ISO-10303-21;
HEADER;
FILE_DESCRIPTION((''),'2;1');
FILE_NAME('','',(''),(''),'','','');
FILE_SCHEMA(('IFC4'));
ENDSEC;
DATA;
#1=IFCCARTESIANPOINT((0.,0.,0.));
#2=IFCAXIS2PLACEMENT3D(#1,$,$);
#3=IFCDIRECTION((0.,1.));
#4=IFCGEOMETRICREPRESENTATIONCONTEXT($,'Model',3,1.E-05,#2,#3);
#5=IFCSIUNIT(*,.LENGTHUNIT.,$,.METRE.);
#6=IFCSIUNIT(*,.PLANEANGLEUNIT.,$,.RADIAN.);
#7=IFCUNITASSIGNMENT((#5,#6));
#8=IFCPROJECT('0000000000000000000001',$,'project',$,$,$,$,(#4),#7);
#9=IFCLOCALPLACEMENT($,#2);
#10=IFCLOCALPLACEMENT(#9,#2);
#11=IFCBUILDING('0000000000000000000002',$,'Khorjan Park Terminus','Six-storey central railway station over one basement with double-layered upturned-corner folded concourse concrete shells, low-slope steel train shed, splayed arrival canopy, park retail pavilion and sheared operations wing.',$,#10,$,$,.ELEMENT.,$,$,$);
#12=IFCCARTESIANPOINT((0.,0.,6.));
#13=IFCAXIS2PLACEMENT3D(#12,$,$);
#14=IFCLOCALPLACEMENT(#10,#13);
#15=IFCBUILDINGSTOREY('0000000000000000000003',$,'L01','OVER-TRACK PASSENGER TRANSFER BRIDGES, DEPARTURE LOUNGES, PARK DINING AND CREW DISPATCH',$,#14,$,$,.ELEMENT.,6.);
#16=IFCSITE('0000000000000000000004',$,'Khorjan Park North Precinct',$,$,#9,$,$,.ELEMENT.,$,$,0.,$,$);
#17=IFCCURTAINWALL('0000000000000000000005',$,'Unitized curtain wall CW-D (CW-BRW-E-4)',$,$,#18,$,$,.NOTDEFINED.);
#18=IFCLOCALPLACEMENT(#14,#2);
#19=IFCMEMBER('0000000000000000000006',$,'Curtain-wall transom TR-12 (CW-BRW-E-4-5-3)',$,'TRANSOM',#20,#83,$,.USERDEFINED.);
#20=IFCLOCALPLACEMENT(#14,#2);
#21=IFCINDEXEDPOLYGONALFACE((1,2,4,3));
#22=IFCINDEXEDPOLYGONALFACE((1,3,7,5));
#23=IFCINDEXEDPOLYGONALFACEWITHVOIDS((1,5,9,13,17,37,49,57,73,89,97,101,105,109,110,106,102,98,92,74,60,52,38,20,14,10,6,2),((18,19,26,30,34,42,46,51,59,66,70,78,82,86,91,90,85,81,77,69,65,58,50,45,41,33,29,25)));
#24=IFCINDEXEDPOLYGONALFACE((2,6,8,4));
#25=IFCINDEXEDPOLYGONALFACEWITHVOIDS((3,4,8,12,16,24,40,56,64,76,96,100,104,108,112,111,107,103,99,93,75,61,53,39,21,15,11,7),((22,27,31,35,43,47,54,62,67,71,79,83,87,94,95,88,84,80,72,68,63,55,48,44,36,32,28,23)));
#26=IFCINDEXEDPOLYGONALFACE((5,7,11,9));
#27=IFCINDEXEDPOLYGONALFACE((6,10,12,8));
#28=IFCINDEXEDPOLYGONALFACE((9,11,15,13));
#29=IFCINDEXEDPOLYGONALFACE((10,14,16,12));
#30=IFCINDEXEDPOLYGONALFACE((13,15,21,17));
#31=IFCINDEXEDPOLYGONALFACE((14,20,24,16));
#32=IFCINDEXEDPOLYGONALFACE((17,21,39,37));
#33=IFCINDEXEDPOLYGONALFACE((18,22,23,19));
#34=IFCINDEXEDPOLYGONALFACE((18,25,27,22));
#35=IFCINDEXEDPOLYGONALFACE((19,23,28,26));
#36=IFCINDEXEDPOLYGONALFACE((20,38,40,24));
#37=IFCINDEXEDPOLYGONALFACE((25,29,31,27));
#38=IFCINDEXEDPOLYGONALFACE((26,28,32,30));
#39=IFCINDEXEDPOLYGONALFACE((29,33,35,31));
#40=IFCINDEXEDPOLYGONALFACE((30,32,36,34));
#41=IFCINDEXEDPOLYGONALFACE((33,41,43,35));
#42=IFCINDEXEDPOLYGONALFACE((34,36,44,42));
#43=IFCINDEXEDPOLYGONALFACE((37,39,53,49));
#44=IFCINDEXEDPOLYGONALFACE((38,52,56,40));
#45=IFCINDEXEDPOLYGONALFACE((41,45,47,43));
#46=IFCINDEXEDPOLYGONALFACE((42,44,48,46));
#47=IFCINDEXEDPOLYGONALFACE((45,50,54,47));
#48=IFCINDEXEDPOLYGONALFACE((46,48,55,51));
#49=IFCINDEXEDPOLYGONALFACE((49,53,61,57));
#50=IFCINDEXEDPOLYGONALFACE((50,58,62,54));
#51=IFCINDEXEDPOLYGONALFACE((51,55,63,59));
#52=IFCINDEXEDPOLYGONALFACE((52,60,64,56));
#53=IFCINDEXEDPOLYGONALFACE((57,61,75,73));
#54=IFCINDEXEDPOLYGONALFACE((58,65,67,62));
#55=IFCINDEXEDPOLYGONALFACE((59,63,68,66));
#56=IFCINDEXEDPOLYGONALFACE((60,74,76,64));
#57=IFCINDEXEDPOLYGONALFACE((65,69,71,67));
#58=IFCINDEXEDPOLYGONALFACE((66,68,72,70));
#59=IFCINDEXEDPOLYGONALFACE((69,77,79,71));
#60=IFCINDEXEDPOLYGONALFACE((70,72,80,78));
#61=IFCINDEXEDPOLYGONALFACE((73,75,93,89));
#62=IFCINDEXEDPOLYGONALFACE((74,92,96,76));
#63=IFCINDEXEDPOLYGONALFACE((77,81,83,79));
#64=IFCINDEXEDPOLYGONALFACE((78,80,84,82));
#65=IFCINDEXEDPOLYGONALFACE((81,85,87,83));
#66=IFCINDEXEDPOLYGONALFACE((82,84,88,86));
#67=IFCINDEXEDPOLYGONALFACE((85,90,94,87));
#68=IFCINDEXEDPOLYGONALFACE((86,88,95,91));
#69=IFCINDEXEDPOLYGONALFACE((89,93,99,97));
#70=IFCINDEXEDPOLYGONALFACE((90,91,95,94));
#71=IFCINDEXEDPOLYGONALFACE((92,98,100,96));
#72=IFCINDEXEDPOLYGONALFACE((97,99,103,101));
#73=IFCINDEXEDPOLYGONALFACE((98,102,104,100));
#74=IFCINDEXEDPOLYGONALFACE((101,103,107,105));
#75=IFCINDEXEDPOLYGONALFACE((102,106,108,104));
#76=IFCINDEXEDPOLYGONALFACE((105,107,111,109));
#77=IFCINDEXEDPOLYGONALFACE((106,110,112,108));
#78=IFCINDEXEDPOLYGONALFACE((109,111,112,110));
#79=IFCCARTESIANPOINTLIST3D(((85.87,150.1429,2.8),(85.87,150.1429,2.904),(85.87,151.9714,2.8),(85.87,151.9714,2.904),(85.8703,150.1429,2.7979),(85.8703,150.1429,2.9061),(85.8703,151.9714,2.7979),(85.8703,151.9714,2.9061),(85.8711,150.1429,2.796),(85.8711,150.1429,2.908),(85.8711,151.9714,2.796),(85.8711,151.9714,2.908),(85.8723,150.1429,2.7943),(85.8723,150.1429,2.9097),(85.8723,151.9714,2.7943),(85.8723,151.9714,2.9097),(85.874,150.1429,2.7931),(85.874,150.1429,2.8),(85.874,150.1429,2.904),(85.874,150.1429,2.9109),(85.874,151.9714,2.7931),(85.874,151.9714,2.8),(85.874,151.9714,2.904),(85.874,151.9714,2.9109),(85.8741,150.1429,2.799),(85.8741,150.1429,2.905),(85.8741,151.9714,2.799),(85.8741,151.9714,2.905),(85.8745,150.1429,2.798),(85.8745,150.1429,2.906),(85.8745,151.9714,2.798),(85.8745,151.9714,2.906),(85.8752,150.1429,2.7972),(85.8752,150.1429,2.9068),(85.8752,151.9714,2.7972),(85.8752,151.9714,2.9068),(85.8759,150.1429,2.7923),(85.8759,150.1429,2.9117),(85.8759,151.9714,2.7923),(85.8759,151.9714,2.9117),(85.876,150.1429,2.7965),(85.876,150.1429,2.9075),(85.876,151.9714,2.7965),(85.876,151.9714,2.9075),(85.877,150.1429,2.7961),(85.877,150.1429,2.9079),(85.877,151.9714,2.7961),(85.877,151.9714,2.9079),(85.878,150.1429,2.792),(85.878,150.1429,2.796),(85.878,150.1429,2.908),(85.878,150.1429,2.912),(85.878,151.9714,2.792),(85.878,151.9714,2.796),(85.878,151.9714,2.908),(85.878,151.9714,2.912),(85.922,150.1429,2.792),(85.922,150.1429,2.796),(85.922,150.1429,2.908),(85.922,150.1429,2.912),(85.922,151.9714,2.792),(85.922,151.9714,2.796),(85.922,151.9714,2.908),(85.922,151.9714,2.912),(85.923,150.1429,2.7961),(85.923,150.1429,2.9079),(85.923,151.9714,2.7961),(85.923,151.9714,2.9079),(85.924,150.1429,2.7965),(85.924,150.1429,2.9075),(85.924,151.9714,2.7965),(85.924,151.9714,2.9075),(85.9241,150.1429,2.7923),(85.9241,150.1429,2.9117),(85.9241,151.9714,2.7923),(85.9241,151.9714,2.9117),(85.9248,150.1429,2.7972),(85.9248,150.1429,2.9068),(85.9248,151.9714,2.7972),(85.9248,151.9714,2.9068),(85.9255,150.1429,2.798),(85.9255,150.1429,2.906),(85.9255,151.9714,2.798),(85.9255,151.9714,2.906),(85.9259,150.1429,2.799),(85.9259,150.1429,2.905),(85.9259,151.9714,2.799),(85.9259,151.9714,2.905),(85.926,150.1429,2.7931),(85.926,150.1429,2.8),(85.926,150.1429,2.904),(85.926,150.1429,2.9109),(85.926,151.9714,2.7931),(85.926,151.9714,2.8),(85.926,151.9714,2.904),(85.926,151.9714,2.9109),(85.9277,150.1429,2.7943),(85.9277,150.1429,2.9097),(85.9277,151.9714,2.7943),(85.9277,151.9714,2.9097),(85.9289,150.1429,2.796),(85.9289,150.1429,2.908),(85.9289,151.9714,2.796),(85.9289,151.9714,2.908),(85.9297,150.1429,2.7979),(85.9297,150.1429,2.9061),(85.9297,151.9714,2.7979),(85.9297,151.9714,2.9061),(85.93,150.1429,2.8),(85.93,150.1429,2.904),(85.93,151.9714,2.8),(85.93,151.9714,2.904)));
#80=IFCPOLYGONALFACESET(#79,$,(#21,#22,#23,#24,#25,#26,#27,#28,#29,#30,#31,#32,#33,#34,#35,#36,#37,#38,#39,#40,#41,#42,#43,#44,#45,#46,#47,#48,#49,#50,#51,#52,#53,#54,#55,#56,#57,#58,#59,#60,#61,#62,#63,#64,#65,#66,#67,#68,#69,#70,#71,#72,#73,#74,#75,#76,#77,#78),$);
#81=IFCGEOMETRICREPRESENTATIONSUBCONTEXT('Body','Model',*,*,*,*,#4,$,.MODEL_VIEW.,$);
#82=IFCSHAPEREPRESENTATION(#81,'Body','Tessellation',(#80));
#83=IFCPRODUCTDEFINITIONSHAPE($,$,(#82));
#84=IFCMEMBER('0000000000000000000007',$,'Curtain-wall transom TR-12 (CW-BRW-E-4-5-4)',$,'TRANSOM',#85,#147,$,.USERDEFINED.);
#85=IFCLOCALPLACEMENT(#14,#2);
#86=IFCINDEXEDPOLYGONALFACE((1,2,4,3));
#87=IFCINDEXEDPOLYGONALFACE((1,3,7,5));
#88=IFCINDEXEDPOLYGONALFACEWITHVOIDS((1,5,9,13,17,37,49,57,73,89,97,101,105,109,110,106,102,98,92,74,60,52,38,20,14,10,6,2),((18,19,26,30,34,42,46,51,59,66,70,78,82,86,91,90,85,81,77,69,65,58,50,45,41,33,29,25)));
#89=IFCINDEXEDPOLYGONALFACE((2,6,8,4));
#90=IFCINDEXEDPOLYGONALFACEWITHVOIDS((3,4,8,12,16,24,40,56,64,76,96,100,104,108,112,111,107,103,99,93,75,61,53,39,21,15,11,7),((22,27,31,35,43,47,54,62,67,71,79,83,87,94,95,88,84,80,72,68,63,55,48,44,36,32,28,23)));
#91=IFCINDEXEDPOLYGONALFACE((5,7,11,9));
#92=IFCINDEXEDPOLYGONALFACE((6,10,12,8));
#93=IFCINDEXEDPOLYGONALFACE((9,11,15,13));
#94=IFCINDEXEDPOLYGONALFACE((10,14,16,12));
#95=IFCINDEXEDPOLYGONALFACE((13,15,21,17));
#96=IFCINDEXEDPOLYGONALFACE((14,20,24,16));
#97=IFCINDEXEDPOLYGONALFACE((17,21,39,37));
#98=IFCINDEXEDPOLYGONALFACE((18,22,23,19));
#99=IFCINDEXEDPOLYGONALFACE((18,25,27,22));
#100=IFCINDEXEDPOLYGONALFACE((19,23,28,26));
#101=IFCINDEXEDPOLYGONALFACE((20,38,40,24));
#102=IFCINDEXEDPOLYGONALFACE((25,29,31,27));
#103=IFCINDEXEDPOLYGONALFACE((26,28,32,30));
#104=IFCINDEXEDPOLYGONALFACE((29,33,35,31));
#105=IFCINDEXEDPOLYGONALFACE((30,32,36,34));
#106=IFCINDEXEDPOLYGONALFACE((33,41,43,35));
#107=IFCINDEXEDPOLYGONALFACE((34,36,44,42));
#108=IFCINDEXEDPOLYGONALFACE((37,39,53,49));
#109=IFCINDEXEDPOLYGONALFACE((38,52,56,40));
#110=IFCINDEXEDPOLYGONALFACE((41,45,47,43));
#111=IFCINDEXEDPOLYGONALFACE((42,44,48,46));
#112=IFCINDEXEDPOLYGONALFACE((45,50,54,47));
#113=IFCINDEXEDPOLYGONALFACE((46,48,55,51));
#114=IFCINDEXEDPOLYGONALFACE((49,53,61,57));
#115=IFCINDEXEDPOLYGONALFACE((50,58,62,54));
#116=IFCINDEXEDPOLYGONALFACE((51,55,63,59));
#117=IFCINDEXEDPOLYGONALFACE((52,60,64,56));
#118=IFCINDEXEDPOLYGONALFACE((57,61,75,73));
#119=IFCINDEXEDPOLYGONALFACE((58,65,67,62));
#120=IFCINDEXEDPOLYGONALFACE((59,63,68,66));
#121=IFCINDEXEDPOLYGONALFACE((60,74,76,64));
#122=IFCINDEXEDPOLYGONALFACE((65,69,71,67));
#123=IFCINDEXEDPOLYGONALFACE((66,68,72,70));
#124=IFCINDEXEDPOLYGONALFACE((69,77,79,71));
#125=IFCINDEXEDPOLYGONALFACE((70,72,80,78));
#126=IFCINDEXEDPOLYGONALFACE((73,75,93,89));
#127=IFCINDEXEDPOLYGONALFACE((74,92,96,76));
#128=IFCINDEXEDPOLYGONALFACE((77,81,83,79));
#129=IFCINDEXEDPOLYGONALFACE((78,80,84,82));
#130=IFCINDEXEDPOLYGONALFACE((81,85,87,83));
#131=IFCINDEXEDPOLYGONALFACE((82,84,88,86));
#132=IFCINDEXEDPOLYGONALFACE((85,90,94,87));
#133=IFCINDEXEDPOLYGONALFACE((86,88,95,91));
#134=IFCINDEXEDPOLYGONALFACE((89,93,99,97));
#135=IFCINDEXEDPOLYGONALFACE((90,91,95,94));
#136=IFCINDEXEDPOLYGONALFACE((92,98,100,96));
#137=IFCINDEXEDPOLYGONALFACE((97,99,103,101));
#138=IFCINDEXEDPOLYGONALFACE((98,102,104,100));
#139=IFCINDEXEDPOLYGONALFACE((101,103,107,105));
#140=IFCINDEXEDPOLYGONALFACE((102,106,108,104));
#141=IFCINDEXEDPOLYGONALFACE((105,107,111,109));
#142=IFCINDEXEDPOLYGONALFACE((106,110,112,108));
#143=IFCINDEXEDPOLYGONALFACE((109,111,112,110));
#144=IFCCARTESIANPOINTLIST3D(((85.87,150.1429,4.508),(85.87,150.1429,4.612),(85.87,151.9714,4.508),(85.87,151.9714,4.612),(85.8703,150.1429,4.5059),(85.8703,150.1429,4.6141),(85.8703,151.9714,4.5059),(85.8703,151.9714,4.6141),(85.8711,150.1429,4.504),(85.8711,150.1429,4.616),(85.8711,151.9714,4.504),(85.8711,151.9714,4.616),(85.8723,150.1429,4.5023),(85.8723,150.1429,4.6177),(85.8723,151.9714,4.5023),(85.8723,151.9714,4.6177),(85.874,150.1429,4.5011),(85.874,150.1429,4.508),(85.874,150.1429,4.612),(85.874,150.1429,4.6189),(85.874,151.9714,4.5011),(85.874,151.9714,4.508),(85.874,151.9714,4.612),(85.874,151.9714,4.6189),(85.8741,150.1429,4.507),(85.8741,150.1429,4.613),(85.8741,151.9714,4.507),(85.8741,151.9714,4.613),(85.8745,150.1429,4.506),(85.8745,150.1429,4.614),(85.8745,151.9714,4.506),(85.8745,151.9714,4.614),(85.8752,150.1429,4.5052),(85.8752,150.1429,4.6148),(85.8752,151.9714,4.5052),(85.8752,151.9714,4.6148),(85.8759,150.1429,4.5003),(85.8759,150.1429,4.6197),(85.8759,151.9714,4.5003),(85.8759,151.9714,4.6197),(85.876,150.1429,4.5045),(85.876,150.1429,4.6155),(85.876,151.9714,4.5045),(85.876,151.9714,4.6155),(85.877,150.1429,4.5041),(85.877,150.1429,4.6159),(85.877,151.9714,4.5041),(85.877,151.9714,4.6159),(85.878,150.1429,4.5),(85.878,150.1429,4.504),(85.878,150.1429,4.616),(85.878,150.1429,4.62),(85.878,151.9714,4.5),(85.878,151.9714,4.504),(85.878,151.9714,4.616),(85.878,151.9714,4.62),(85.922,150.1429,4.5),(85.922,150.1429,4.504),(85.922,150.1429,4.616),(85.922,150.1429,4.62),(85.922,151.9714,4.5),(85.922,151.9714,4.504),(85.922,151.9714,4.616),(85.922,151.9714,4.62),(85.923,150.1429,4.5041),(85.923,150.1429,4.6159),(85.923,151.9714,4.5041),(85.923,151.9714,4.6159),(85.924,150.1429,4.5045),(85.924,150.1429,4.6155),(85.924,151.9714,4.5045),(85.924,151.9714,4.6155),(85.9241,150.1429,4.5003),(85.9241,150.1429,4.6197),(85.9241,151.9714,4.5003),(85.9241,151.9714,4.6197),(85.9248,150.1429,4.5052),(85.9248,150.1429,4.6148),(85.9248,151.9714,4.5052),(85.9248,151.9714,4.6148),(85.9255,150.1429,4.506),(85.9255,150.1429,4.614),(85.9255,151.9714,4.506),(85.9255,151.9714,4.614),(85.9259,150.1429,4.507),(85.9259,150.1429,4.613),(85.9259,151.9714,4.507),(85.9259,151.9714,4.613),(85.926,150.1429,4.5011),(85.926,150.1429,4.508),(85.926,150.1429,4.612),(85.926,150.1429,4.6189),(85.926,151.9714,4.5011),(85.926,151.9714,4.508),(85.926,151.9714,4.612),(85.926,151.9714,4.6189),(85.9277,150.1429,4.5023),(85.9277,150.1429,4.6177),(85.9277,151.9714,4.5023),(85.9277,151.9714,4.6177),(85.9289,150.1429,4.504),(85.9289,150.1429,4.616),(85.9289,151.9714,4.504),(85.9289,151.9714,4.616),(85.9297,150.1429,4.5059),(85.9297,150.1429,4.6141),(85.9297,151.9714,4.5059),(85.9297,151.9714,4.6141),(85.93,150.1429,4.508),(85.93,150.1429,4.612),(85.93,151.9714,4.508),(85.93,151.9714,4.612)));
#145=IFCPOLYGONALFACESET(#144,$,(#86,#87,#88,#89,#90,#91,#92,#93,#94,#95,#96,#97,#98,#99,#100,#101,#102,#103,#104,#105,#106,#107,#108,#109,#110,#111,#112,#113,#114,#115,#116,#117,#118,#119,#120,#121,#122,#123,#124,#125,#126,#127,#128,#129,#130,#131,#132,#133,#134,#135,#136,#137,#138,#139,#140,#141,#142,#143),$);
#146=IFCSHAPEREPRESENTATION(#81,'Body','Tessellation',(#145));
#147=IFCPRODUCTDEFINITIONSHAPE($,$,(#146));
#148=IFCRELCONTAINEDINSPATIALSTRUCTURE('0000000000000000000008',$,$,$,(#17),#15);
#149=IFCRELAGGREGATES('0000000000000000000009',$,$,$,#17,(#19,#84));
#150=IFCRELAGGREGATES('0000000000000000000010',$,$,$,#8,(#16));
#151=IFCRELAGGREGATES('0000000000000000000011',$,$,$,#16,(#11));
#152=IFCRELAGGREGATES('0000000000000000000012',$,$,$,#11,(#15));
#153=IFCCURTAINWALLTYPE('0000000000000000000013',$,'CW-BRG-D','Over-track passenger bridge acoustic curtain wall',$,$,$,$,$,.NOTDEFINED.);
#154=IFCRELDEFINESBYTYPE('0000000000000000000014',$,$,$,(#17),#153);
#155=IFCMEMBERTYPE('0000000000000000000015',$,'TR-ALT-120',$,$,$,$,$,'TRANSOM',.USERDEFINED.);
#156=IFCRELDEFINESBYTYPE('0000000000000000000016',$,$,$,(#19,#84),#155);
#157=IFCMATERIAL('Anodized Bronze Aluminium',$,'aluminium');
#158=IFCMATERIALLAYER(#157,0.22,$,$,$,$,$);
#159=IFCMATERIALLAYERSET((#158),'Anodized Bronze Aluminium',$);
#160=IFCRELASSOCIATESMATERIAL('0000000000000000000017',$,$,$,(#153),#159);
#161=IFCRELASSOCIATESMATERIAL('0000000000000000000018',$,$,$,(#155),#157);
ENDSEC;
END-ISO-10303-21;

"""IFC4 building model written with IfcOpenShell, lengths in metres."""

from ifc_helpers import new_model, si_unit, direction, frame, origin, origin_2d, place, context, subcontext, project, spatial, hollow_rectangle, extrude, material, layer, layer_set, material_profile, profile_set, type_object, element, aggregate, save


model = new_model("IFC4")

# Units and contexts
model_context = context("Model", 3, precision=1e-05, world=origin(), true_north=direction((0.0, 1.0)))
body_context = subcontext(model_context, "Body", "Model", "MODEL_VIEW")
ifc_project = project(units=[si_unit("LENGTHUNIT", "METRE"), si_unit("PLANEANGLEUNIT", "RADIAN")], contexts=[model_context])

# Site, building, storey
site_placement = place(None, origin())
site = spatial("IfcSite", under=ifc_project, at=site_placement, Name="Khorjan Park North Precinct", CompositionType="ELEMENT", RefElevation=0.0)
building_placement = place(site_placement, origin())
building = spatial("IfcBuilding", under=site, at=building_placement, Name="Khorjan Park Terminus", Description="Six-storey central railway station over one basement with double-layered upturned-corner folded concourse concrete shells, low-slope steel train shed, splayed arrival canopy, park retail pavilion and sheared operations wing.", CompositionType="ELEMENT")
storey_placement = place(building_placement, frame((0.0, 0.0, 6.0)))
storey = spatial("IfcBuildingStorey", under=building, at=storey_placement, Name="L01", Description="OVER-TRACK PASSENGER TRANSFER BRIDGES, DEPARTURE LOUNGES, PARK DINING AND CREW DISPATCH", CompositionType="ELEMENT", Elevation=6.0)

# Curtain wall, members
ifc_material_1 = material(Name="Anodized Bronze Aluminium", Category="aluminium")
ifc_layer_1 = layer(ifc_material_1, 0.22)
ifc_layer_set_1 = layer_set([ifc_layer_1], Name="Anodized Bronze Aluminium")
curtain_wall_type = type_object("IfcCurtainWallType", Name="CW-BRG-D", Description="Over-track passenger bridge acoustic curtain wall", PredefinedType="NOTDEFINED", material=ifc_layer_set_1)
curtain_wall_placement = place(storey_placement, origin())
curtain_wall = element("IfcCurtainWall", 1, at=curtain_wall_placement, inside=storey, type_object=curtain_wall_type, Name="Unitized curtain wall CW-D (CW-BRW-E-4)", PredefinedType="NOTDEFINED")
ifc_material_profile_1 = material_profile(ifc_material_1, hollow_rectangle(XDim=0.06, YDim=0.12, WallThickness=0.004, InnerFilletRadius=0.004, OuterFilletRadius=0.008, at=origin_2d()), Name="ALT 60x120x4")
ifc_profile_set_1 = profile_set([ifc_material_profile_1], Name="Anodized Bronze Aluminium")
member_type_1 = type_object("IfcMemberType", Name="TR-ALT-120", ElementType="TRANSOM", PredefinedType="USERDEFINED", material=ifc_profile_set_1)
member_1_placement = place(storey_placement, frame((85.9, 150.1429, 2.852), z_axis=(0.0, 1.0, 0.0), x_axis=(-1.0, 0.0, 0.0)))
member_1 = element("IfcMember", 2, at=member_1_placement, type_object=member_type_1, Name="Curtain-wall transom TR-12 (CW-BRW-E-4-5-3)", ObjectType="TRANSOM", PredefinedType="USERDEFINED", context=body_context, shape_type="SweptSolid", body=[
    extrude(hollow_rectangle(XDim=0.06, YDim=0.12, WallThickness=0.004, InnerFilletRadius=0.004, OuterFilletRadius=0.008, at=origin_2d()), origin(), (0.0, 0.0, 1.0), 1.8285),
])
member_2_placement = place(storey_placement, frame((85.9, 150.1429, 4.56), z_axis=(0.0, 1.0, 0.0), x_axis=(-1.0, 0.0, 0.0)))
member_2 = element("IfcMember", 3, at=member_2_placement, type_object=member_type_1, Name="Curtain-wall transom TR-12 (CW-BRW-E-4-5-4)", ObjectType="TRANSOM", PredefinedType="USERDEFINED", context=body_context, shape_type="SweptSolid", body=[
    extrude(hollow_rectangle(XDim=0.06, YDim=0.12, WallThickness=0.004, InnerFilletRadius=0.004, OuterFilletRadius=0.008, at=origin_2d()), origin(), (0.0, 0.0, 1.0), 1.8285),
])
aggregate(curtain_wall, [member_1, member_2])

save(model, "model.ifc")
